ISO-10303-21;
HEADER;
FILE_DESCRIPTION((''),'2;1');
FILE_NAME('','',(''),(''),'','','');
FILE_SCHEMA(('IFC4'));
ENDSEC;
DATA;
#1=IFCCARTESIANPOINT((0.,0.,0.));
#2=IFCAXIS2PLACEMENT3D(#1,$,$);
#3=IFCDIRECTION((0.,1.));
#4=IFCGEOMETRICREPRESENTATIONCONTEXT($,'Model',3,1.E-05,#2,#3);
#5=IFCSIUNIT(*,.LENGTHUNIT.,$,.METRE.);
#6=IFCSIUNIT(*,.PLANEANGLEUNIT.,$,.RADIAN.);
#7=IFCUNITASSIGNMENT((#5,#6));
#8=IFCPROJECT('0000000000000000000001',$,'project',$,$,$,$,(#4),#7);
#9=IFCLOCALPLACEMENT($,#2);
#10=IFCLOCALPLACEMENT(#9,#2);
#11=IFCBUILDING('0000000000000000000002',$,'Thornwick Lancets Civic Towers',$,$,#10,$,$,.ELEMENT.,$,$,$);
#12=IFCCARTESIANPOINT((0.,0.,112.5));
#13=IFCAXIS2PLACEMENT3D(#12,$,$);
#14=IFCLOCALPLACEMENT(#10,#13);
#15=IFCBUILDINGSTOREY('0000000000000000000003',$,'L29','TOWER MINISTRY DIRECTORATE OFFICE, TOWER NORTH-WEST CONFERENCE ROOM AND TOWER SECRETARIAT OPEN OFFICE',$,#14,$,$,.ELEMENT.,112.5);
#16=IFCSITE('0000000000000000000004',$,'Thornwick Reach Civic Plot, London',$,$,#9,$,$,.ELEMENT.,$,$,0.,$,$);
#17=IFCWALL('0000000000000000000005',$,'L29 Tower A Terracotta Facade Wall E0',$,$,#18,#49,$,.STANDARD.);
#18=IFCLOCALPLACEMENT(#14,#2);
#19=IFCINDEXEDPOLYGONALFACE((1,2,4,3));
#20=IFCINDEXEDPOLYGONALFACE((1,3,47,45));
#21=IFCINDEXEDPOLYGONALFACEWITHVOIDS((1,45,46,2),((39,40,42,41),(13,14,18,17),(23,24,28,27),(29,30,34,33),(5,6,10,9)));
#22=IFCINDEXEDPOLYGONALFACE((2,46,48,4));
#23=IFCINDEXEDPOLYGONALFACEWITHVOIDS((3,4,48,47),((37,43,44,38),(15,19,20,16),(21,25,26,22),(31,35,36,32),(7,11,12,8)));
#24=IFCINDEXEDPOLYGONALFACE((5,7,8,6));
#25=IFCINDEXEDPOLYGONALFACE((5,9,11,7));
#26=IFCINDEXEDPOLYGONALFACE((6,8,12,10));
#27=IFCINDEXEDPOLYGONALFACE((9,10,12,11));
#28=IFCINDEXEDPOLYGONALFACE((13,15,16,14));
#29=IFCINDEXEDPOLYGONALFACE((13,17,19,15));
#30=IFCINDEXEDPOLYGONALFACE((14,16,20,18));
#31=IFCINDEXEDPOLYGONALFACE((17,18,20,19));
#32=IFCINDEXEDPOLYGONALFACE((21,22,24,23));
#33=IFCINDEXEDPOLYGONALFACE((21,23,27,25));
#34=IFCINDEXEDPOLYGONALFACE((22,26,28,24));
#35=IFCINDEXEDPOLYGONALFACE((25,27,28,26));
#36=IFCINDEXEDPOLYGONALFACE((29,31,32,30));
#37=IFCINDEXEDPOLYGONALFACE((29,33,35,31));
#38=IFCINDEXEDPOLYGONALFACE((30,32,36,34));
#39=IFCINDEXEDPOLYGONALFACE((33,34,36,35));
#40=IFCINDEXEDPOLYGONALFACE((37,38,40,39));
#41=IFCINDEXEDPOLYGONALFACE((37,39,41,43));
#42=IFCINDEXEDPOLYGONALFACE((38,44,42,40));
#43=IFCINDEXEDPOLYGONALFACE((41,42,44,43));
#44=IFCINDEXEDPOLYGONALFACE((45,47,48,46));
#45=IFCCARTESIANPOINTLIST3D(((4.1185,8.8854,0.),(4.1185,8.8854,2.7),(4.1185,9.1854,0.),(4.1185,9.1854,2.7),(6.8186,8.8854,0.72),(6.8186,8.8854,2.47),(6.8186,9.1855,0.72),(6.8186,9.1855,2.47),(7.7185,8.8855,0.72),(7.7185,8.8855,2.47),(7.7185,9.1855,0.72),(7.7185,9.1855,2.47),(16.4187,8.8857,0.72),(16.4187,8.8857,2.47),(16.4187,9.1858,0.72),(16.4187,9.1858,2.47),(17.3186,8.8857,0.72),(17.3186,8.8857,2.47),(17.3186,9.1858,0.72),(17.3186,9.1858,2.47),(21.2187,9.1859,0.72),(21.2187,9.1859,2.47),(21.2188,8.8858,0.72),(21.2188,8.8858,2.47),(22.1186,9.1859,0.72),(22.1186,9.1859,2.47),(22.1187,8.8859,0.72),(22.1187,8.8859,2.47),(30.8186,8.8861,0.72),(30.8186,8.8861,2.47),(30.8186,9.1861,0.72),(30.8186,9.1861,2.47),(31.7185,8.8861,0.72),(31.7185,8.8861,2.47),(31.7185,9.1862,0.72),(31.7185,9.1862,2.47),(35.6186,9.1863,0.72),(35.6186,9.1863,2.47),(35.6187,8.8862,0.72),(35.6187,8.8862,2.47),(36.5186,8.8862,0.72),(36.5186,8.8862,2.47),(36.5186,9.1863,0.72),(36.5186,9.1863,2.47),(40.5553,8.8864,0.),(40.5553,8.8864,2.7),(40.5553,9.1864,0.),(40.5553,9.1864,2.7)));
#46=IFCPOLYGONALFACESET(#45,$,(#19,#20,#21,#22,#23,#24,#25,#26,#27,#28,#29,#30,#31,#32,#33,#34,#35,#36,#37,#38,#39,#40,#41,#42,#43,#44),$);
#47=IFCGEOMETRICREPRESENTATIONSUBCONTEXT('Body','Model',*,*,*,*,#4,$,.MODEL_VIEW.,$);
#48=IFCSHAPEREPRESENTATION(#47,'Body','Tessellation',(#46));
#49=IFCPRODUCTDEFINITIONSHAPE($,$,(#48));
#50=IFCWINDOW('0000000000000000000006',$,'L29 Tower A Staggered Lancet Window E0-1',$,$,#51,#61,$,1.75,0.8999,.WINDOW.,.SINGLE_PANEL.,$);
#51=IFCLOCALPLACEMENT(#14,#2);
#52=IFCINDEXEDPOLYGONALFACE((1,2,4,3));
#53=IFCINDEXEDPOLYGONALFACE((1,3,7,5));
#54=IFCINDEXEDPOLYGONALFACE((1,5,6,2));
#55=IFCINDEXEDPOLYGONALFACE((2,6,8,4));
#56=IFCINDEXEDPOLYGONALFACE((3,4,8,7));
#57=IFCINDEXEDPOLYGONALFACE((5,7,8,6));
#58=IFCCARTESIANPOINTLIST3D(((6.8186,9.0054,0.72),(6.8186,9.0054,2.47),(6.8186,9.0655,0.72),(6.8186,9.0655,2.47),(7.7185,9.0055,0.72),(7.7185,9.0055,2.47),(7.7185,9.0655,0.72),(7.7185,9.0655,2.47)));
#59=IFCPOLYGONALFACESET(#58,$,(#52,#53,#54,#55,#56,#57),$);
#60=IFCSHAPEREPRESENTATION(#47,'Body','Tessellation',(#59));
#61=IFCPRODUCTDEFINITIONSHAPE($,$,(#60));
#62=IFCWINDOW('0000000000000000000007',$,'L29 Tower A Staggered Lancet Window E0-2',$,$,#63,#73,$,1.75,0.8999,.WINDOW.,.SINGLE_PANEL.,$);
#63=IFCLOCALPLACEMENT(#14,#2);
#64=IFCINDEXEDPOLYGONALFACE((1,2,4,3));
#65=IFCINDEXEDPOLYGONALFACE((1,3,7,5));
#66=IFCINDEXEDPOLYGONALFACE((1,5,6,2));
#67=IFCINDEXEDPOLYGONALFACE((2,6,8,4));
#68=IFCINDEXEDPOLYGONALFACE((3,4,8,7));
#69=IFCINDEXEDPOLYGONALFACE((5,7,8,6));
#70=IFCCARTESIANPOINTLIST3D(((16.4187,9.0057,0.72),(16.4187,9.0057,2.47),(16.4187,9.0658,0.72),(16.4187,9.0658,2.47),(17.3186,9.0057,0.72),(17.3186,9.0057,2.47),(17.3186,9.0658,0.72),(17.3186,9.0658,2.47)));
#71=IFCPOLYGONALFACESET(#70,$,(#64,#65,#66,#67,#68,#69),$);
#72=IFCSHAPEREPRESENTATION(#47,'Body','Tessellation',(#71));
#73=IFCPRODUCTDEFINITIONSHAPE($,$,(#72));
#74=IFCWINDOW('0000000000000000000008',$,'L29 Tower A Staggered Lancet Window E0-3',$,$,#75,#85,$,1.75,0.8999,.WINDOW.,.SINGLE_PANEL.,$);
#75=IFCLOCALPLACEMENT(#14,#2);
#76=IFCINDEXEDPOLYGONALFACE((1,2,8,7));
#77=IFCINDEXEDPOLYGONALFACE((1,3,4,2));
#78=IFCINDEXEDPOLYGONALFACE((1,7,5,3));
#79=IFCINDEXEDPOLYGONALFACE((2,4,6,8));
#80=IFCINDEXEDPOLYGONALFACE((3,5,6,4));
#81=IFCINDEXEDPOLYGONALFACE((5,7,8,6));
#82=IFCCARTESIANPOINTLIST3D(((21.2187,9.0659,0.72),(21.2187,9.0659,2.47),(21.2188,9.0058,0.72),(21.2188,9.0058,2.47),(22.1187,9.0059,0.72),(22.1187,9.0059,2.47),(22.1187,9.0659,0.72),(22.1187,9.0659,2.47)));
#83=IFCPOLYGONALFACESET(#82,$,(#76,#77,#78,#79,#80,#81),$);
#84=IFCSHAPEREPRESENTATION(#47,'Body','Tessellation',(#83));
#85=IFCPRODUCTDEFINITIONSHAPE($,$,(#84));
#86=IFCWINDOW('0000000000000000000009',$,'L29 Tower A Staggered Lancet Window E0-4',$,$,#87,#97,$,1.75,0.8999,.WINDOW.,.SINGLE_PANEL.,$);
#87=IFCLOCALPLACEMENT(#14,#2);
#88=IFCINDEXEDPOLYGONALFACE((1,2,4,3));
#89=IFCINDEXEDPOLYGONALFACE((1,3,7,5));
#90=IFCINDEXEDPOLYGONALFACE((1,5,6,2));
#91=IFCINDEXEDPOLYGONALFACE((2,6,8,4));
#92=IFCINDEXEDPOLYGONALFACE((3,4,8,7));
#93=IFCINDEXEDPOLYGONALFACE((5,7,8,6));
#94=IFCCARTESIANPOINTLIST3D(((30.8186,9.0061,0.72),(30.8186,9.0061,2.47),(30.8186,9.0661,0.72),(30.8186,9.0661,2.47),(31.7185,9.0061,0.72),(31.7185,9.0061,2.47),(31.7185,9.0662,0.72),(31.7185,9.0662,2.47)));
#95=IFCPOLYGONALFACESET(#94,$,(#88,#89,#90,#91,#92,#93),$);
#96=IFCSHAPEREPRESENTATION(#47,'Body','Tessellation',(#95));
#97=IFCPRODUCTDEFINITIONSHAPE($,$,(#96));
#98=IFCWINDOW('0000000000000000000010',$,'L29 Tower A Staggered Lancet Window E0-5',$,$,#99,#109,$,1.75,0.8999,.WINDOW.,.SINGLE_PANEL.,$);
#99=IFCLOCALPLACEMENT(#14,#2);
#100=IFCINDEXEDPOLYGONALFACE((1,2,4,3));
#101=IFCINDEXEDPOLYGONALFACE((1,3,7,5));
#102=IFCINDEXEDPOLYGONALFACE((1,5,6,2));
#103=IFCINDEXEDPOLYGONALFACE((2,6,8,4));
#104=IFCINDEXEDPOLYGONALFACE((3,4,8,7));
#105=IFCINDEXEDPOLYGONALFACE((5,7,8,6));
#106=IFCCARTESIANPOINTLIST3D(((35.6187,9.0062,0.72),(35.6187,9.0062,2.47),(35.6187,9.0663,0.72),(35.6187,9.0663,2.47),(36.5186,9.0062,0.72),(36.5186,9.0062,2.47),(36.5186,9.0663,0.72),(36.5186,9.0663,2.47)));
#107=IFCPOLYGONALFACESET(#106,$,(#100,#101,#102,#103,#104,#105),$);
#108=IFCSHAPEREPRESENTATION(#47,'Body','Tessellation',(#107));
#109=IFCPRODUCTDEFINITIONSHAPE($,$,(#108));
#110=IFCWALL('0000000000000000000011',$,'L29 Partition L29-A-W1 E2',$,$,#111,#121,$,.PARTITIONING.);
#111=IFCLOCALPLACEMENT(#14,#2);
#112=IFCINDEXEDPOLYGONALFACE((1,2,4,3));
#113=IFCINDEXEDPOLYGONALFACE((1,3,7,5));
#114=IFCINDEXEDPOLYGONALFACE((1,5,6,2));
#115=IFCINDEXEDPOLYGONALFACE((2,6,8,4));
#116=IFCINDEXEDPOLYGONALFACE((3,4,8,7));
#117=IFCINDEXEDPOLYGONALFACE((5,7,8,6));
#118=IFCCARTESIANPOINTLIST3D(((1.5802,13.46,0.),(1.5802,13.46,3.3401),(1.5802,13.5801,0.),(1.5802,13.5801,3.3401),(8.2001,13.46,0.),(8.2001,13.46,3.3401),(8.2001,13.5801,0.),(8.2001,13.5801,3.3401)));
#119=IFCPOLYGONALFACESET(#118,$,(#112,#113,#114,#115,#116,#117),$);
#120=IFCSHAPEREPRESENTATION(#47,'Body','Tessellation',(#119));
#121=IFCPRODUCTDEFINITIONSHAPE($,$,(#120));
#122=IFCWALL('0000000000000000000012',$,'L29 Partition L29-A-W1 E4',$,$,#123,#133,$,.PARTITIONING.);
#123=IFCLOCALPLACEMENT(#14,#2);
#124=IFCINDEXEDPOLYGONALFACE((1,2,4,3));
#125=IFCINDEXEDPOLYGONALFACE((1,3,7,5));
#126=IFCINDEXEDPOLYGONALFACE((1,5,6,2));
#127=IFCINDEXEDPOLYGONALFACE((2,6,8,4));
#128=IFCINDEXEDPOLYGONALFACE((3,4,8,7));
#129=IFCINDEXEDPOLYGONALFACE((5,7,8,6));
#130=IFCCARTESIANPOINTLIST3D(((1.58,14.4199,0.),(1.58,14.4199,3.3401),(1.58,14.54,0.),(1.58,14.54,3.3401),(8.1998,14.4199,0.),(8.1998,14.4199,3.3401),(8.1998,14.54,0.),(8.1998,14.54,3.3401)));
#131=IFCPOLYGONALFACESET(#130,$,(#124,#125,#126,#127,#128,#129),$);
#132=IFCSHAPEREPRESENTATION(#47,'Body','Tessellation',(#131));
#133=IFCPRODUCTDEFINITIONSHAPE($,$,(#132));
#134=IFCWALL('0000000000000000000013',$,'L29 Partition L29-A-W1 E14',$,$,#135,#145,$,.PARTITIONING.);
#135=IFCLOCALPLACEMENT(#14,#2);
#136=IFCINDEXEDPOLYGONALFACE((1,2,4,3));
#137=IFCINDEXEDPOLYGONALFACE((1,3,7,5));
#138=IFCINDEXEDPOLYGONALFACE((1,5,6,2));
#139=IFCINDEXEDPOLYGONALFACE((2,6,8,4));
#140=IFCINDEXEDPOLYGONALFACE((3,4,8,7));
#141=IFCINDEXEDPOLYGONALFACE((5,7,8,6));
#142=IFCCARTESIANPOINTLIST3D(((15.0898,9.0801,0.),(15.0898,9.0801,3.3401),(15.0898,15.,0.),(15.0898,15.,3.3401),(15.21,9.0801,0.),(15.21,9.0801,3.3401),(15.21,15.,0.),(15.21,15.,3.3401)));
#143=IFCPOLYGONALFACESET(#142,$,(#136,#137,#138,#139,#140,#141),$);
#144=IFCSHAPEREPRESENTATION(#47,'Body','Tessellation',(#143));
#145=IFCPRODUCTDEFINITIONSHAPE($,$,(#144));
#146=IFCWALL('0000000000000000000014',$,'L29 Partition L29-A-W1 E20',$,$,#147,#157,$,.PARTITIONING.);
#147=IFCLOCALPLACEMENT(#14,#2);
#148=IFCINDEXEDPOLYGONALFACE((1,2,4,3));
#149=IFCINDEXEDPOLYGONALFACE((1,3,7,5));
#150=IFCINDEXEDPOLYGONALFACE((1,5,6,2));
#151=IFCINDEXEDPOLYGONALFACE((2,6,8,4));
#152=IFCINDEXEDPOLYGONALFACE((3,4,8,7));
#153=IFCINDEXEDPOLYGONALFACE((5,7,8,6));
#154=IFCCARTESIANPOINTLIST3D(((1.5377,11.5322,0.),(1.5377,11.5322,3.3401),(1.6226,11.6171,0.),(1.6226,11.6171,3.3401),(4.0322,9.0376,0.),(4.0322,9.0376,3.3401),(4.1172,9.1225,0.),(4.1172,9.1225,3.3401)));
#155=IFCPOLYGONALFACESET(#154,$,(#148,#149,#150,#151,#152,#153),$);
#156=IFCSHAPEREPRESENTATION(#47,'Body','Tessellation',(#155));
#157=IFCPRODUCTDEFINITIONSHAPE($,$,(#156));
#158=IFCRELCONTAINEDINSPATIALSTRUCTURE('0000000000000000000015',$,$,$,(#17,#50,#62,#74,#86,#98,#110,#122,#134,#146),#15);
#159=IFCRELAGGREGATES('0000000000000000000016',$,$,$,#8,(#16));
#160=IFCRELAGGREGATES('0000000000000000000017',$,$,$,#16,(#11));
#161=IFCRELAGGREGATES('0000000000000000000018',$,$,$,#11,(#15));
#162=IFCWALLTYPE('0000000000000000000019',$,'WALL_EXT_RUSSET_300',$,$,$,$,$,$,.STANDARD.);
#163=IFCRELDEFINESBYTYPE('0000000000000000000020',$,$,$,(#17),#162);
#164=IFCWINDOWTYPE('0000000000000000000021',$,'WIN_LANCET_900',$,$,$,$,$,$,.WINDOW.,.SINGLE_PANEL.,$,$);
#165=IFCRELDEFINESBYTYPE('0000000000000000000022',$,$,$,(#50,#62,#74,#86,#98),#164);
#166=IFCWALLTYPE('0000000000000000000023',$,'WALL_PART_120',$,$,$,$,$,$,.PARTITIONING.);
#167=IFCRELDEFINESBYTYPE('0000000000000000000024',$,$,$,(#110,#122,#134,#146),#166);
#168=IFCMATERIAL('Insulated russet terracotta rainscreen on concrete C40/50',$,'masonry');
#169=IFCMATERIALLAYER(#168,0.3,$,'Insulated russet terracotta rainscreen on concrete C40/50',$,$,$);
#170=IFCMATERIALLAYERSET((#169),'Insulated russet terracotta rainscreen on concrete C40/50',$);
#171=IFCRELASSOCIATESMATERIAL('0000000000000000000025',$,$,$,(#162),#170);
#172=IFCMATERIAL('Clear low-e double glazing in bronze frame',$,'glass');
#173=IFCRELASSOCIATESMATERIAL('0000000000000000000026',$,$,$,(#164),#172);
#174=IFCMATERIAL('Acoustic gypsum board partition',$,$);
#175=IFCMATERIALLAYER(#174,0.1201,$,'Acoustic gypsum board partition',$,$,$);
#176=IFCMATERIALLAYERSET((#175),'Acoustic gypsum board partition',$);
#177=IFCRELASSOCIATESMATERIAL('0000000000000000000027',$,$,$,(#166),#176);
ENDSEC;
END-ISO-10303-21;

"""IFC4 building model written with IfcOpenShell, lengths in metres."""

from ifc_helpers import new_model, si_unit, direction, frame, frame_2d, origin, place, context, subcontext, project, spatial, rectangle, extrude, material, layer, layer_set, type_object, element, fill, save


model = new_model("IFC4")

# Units and contexts
model_context = context("Model", 3, precision=1e-05, world=origin(), true_north=direction((0.0, 1.0)))
body_context = subcontext(model_context, "Body", "Model", "MODEL_VIEW")
ifc_project = project(units=[si_unit("LENGTHUNIT", "METRE"), si_unit("PLANEANGLEUNIT", "RADIAN")], contexts=[model_context])

# Site, building, storey
site_placement = place(None, origin())
site = spatial("IfcSite", under=ifc_project, at=site_placement, Name="Thornwick Reach Civic Plot, London", CompositionType="ELEMENT", RefElevation=0.0)
building_placement = place(site_placement, origin())
building = spatial("IfcBuilding", under=site, at=building_placement, Name="Thornwick Lancets Civic Towers", CompositionType="ELEMENT")
storey_placement = place(building_placement, frame((0.0, 0.0, 112.5)))
storey = spatial("IfcBuildingStorey", under=building, at=storey_placement, Name="L29", Description="TOWER MINISTRY DIRECTORATE OFFICE, TOWER NORTH-WEST CONFERENCE ROOM AND TOWER SECRETARIAT OPEN OFFICE", CompositionType="ELEMENT", Elevation=112.5)

# Wall, openings, windows
ifc_material_1 = material(Name="Insulated russet terracotta rainscreen on concrete C40/50", Category="masonry")
ifc_layer_1 = layer(ifc_material_1, 0.3, Name="Insulated russet terracotta rainscreen on concrete C40/50")
ifc_layer_set_1 = layer_set([ifc_layer_1], Name="Insulated russet terracotta rainscreen on concrete C40/50")
wall_type_1 = type_object("IfcWallType", Name="WALL_EXT_RUSSET_300", PredefinedType="STANDARD", material=ifc_layer_set_1)
wall_1_placement = place(storey_placement, frame((4.1187, 9.0354, 0.0), z_axis=(0.0, 0.0, 1.0), x_axis=(1.0, 0.000027, 0.0)))
wall_1 = element("IfcWall", 1, at=wall_1_placement, inside=storey, type_object=wall_type_1, Name="L29 Tower A Terracotta Facade Wall E0", PredefinedType="STANDARD", context=body_context, shape_type="SweptSolid", body=[
    extrude(rectangle(XDim=36.4368, YDim=0.3, at=frame_2d((18.2183, 0.0))), origin(), (0.0, 0.0, 1.0), 2.7),
])
opening_1_placement = place(wall_1_placement, frame((2.7, 0.0, 0.72)))
opening_1 = element("IfcOpeningElement", 2, at=opening_1_placement, cuts=wall_1, PredefinedType="OPENING", context=body_context, shape_type="SweptSolid", body=[
    extrude(rectangle(XDim=0.8999, YDim=1.75, at=frame_2d((0.45, 0.875))), frame((0.0, 0.1602, 0.0), z_axis=(0.0, -1.0, 0.0), x_axis=(1.0, 0.0, 0.0)), (0.0, 0.0, 1.0), 0.3201),
])
opening_2_placement = place(wall_1_placement, frame((12.3, 0.0, 0.72)))
opening_2 = element("IfcOpeningElement", 3, at=opening_2_placement, cuts=wall_1, PredefinedType="OPENING", context=body_context, shape_type="SweptSolid", body=[
    extrude(rectangle(XDim=0.8999, YDim=1.75, at=frame_2d((0.45, 0.875))), frame((0.0, 0.1602, 0.0), z_axis=(0.0, -1.0, 0.0), x_axis=(1.0, 0.0, 0.0)), (0.0, 0.0, 1.0), 0.3201),
])
opening_3_placement = place(wall_1_placement, frame((17.1001, 0.0, 0.72)))
opening_3 = element("IfcOpeningElement", 4, at=opening_3_placement, cuts=wall_1, PredefinedType="OPENING", context=body_context, shape_type="SweptSolid", body=[
    extrude(rectangle(XDim=0.8999, YDim=1.75, at=frame_2d((0.45, 0.875))), frame((0.0, 0.1602, 0.0), z_axis=(0.0, -1.0, 0.0), x_axis=(1.0, 0.0, 0.0)), (0.0, 0.0, 1.0), 0.3201),
])
opening_4_placement = place(wall_1_placement, frame((26.7, 0.0, 0.72)))
opening_4 = element("IfcOpeningElement", 5, at=opening_4_placement, cuts=wall_1, PredefinedType="OPENING", context=body_context, shape_type="SweptSolid", body=[
    extrude(rectangle(XDim=0.8999, YDim=1.75, at=frame_2d((0.45, 0.875))), frame((0.0, 0.1602, 0.0), z_axis=(0.0, -1.0, 0.0), x_axis=(1.0, 0.0, 0.0)), (0.0, 0.0, 1.0), 0.3201),
])
opening_5_placement = place(wall_1_placement, frame((31.5, 0.0, 0.72)))
opening_5 = element("IfcOpeningElement", 6, at=opening_5_placement, cuts=wall_1, PredefinedType="OPENING", context=body_context, shape_type="SweptSolid", body=[
    extrude(rectangle(XDim=0.8999, YDim=1.75, at=frame_2d((0.45, 0.875))), frame((0.0, 0.1602, 0.0), z_axis=(0.0, -1.0, 0.0), x_axis=(1.0, 0.0, 0.0)), (0.0, 0.0, 1.0), 0.3201),
])
ifc_material_2 = material(Name="Clear low-e double glazing in bronze frame", Category="glass")
window_type = type_object("IfcWindowType", Name="WIN_LANCET_900", PartitioningType="SINGLE_PANEL", PredefinedType="WINDOW", material=ifc_material_2)
window_1_placement = place(opening_1_placement, origin())
window_1 = element("IfcWindow", 7, at=window_1_placement, inside=storey, type_object=window_type, Name="L29 Tower A Staggered Lancet Window E0-1", OverallHeight=1.75, OverallWidth=0.8999, PartitioningType="SINGLE_PANEL", PredefinedType="WINDOW", context=body_context, shape_type="SweptSolid", body=[
    extrude(rectangle(XDim=0.8999, YDim=1.75, at=frame_2d((0.45, 0.875))), frame((0.0, 0.03, 0.0), z_axis=(0.0, -1.0, 0.0), x_axis=(1.0, 0.0, 0.0)), (0.0, 0.0, 1.0), 0.0601),
])
fill(opening_1, window_1)
window_2_placement = place(opening_2_placement, origin())
window_2 = element("IfcWindow", 8, at=window_2_placement, inside=storey, type_object=window_type, Name="L29 Tower A Staggered Lancet Window E0-2", OverallHeight=1.75, OverallWidth=0.8999, PartitioningType="SINGLE_PANEL", PredefinedType="WINDOW", context=body_context, shape_type="SweptSolid", body=[
    extrude(rectangle(XDim=0.8999, YDim=1.75, at=frame_2d((0.45, 0.875))), frame((0.0, 0.03, 0.0), z_axis=(0.0, -1.0, 0.0), x_axis=(1.0, 0.0, 0.0)), (0.0, 0.0, 1.0), 0.0601),
])
fill(opening_2, window_2)
window_3_placement = place(opening_3_placement, origin())
window_3 = element("IfcWindow", 9, at=window_3_placement, inside=storey, type_object=window_type, Name="L29 Tower A Staggered Lancet Window E0-3", OverallHeight=1.75, OverallWidth=0.8999, PartitioningType="SINGLE_PANEL", PredefinedType="WINDOW", context=body_context, shape_type="SweptSolid", body=[
    extrude(rectangle(XDim=0.8999, YDim=1.75, at=frame_2d((0.45, 0.875))), frame((0.0, 0.03, 0.0), z_axis=(0.0, -1.0, 0.0), x_axis=(1.0, 0.0, 0.0)), (0.0, 0.0, 1.0), 0.0601),
])
fill(opening_3, window_3)
window_4_placement = place(opening_4_placement, origin())
window_4 = element("IfcWindow", 10, at=window_4_placement, inside=storey, type_object=window_type, Name="L29 Tower A Staggered Lancet Window E0-4", OverallHeight=1.75, OverallWidth=0.8999, PartitioningType="SINGLE_PANEL", PredefinedType="WINDOW", context=body_context, shape_type="SweptSolid", body=[
    extrude(rectangle(XDim=0.8999, YDim=1.75, at=frame_2d((0.45, 0.875))), frame((0.0, 0.03, 0.0), z_axis=(0.0, -1.0, 0.0), x_axis=(1.0, 0.0, 0.0)), (0.0, 0.0, 1.0), 0.0601),
])
fill(opening_4, window_4)
window_5_placement = place(opening_5_placement, origin())
window_5 = element("IfcWindow", 11, at=window_5_placement, inside=storey, type_object=window_type, Name="L29 Tower A Staggered Lancet Window E0-5", OverallHeight=1.75, OverallWidth=0.8999, PartitioningType="SINGLE_PANEL", PredefinedType="WINDOW", context=body_context, shape_type="SweptSolid", body=[
    extrude(rectangle(XDim=0.8999, YDim=1.75, at=frame_2d((0.45, 0.875))), frame((0.0, 0.03, 0.0), z_axis=(0.0, -1.0, 0.0), x_axis=(1.0, 0.0, 0.0)), (0.0, 0.0, 1.0), 0.0601),
])
fill(opening_5, window_5)

# Walls
ifc_material_3 = material(Name="Acoustic gypsum board partition")
ifc_layer_2 = layer(ifc_material_3, 0.1201, Name="Acoustic gypsum board partition")
ifc_layer_set_2 = layer_set([ifc_layer_2], Name="Acoustic gypsum board partition")
wall_type_2 = type_object("IfcWallType", Name="WALL_PART_120", PredefinedType="PARTITIONING", material=ifc_layer_set_2)
for number, where, z_axis, x_axis, name in (
    (12, (1.5801, 13.52, 0.0), (0.0, 0.0, 1.0), (1.0, 0.0, 0.0), "L29 Partition L29-A-W1 E2"),
    (13, (8.2, 14.48, 0.0), (0.0, 0.0, 1.0), (-1.0, 0.0, 0.0), "L29 Partition L29-A-W1 E4"),
):
    element("IfcWall", number, at=place(storey_placement, frame(where, z_axis=z_axis, x_axis=x_axis)), inside=storey, type_object=wall_type_2, Name=name, PredefinedType="PARTITIONING", context=body_context, shape_type="SweptSolid", body=[
        extrude(rectangle(XDim=6.6199, YDim=0.1201, at=frame_2d((3.3101, 0.0))), origin(), (0.0, 0.0, 1.0), 3.3401),
    ])
wall_2_placement = place(storey_placement, frame((15.1499, 15.0, 0.0), z_axis=(0.0, 0.0, 1.0), x_axis=(0.0, -1.0, 0.0)))
element("IfcWall", 14, at=wall_2_placement, inside=storey, type_object=wall_type_2, Name="L29 Partition L29-A-W1 E14", PredefinedType="PARTITIONING", context=body_context, shape_type="SweptSolid", body=[
    extrude(rectangle(XDim=5.9199, YDim=0.1201, at=frame_2d((2.96, 0.0))), origin(), (0.0, 0.0, 1.0), 3.3401),
])
wall_3_placement = place(storey_placement, frame((4.0747, 9.0801, 0.0), z_axis=(0.0, 0.0, 1.0), x_axis=(-0.707107, 0.707107, 0.0)))
element("IfcWall", 15, at=wall_3_placement, inside=storey, type_object=wall_type_2, Name="L29 Partition L29-A-W1 E20", PredefinedType="PARTITIONING", context=body_context, shape_type="SweptSolid", body=[
    extrude(rectangle(XDim=3.5278, YDim=0.1201, at=frame_2d((1.7639, 0.0))), origin(), (0.0, 0.0, 1.0), 3.3401),
])

save(model, "model.ifc")
